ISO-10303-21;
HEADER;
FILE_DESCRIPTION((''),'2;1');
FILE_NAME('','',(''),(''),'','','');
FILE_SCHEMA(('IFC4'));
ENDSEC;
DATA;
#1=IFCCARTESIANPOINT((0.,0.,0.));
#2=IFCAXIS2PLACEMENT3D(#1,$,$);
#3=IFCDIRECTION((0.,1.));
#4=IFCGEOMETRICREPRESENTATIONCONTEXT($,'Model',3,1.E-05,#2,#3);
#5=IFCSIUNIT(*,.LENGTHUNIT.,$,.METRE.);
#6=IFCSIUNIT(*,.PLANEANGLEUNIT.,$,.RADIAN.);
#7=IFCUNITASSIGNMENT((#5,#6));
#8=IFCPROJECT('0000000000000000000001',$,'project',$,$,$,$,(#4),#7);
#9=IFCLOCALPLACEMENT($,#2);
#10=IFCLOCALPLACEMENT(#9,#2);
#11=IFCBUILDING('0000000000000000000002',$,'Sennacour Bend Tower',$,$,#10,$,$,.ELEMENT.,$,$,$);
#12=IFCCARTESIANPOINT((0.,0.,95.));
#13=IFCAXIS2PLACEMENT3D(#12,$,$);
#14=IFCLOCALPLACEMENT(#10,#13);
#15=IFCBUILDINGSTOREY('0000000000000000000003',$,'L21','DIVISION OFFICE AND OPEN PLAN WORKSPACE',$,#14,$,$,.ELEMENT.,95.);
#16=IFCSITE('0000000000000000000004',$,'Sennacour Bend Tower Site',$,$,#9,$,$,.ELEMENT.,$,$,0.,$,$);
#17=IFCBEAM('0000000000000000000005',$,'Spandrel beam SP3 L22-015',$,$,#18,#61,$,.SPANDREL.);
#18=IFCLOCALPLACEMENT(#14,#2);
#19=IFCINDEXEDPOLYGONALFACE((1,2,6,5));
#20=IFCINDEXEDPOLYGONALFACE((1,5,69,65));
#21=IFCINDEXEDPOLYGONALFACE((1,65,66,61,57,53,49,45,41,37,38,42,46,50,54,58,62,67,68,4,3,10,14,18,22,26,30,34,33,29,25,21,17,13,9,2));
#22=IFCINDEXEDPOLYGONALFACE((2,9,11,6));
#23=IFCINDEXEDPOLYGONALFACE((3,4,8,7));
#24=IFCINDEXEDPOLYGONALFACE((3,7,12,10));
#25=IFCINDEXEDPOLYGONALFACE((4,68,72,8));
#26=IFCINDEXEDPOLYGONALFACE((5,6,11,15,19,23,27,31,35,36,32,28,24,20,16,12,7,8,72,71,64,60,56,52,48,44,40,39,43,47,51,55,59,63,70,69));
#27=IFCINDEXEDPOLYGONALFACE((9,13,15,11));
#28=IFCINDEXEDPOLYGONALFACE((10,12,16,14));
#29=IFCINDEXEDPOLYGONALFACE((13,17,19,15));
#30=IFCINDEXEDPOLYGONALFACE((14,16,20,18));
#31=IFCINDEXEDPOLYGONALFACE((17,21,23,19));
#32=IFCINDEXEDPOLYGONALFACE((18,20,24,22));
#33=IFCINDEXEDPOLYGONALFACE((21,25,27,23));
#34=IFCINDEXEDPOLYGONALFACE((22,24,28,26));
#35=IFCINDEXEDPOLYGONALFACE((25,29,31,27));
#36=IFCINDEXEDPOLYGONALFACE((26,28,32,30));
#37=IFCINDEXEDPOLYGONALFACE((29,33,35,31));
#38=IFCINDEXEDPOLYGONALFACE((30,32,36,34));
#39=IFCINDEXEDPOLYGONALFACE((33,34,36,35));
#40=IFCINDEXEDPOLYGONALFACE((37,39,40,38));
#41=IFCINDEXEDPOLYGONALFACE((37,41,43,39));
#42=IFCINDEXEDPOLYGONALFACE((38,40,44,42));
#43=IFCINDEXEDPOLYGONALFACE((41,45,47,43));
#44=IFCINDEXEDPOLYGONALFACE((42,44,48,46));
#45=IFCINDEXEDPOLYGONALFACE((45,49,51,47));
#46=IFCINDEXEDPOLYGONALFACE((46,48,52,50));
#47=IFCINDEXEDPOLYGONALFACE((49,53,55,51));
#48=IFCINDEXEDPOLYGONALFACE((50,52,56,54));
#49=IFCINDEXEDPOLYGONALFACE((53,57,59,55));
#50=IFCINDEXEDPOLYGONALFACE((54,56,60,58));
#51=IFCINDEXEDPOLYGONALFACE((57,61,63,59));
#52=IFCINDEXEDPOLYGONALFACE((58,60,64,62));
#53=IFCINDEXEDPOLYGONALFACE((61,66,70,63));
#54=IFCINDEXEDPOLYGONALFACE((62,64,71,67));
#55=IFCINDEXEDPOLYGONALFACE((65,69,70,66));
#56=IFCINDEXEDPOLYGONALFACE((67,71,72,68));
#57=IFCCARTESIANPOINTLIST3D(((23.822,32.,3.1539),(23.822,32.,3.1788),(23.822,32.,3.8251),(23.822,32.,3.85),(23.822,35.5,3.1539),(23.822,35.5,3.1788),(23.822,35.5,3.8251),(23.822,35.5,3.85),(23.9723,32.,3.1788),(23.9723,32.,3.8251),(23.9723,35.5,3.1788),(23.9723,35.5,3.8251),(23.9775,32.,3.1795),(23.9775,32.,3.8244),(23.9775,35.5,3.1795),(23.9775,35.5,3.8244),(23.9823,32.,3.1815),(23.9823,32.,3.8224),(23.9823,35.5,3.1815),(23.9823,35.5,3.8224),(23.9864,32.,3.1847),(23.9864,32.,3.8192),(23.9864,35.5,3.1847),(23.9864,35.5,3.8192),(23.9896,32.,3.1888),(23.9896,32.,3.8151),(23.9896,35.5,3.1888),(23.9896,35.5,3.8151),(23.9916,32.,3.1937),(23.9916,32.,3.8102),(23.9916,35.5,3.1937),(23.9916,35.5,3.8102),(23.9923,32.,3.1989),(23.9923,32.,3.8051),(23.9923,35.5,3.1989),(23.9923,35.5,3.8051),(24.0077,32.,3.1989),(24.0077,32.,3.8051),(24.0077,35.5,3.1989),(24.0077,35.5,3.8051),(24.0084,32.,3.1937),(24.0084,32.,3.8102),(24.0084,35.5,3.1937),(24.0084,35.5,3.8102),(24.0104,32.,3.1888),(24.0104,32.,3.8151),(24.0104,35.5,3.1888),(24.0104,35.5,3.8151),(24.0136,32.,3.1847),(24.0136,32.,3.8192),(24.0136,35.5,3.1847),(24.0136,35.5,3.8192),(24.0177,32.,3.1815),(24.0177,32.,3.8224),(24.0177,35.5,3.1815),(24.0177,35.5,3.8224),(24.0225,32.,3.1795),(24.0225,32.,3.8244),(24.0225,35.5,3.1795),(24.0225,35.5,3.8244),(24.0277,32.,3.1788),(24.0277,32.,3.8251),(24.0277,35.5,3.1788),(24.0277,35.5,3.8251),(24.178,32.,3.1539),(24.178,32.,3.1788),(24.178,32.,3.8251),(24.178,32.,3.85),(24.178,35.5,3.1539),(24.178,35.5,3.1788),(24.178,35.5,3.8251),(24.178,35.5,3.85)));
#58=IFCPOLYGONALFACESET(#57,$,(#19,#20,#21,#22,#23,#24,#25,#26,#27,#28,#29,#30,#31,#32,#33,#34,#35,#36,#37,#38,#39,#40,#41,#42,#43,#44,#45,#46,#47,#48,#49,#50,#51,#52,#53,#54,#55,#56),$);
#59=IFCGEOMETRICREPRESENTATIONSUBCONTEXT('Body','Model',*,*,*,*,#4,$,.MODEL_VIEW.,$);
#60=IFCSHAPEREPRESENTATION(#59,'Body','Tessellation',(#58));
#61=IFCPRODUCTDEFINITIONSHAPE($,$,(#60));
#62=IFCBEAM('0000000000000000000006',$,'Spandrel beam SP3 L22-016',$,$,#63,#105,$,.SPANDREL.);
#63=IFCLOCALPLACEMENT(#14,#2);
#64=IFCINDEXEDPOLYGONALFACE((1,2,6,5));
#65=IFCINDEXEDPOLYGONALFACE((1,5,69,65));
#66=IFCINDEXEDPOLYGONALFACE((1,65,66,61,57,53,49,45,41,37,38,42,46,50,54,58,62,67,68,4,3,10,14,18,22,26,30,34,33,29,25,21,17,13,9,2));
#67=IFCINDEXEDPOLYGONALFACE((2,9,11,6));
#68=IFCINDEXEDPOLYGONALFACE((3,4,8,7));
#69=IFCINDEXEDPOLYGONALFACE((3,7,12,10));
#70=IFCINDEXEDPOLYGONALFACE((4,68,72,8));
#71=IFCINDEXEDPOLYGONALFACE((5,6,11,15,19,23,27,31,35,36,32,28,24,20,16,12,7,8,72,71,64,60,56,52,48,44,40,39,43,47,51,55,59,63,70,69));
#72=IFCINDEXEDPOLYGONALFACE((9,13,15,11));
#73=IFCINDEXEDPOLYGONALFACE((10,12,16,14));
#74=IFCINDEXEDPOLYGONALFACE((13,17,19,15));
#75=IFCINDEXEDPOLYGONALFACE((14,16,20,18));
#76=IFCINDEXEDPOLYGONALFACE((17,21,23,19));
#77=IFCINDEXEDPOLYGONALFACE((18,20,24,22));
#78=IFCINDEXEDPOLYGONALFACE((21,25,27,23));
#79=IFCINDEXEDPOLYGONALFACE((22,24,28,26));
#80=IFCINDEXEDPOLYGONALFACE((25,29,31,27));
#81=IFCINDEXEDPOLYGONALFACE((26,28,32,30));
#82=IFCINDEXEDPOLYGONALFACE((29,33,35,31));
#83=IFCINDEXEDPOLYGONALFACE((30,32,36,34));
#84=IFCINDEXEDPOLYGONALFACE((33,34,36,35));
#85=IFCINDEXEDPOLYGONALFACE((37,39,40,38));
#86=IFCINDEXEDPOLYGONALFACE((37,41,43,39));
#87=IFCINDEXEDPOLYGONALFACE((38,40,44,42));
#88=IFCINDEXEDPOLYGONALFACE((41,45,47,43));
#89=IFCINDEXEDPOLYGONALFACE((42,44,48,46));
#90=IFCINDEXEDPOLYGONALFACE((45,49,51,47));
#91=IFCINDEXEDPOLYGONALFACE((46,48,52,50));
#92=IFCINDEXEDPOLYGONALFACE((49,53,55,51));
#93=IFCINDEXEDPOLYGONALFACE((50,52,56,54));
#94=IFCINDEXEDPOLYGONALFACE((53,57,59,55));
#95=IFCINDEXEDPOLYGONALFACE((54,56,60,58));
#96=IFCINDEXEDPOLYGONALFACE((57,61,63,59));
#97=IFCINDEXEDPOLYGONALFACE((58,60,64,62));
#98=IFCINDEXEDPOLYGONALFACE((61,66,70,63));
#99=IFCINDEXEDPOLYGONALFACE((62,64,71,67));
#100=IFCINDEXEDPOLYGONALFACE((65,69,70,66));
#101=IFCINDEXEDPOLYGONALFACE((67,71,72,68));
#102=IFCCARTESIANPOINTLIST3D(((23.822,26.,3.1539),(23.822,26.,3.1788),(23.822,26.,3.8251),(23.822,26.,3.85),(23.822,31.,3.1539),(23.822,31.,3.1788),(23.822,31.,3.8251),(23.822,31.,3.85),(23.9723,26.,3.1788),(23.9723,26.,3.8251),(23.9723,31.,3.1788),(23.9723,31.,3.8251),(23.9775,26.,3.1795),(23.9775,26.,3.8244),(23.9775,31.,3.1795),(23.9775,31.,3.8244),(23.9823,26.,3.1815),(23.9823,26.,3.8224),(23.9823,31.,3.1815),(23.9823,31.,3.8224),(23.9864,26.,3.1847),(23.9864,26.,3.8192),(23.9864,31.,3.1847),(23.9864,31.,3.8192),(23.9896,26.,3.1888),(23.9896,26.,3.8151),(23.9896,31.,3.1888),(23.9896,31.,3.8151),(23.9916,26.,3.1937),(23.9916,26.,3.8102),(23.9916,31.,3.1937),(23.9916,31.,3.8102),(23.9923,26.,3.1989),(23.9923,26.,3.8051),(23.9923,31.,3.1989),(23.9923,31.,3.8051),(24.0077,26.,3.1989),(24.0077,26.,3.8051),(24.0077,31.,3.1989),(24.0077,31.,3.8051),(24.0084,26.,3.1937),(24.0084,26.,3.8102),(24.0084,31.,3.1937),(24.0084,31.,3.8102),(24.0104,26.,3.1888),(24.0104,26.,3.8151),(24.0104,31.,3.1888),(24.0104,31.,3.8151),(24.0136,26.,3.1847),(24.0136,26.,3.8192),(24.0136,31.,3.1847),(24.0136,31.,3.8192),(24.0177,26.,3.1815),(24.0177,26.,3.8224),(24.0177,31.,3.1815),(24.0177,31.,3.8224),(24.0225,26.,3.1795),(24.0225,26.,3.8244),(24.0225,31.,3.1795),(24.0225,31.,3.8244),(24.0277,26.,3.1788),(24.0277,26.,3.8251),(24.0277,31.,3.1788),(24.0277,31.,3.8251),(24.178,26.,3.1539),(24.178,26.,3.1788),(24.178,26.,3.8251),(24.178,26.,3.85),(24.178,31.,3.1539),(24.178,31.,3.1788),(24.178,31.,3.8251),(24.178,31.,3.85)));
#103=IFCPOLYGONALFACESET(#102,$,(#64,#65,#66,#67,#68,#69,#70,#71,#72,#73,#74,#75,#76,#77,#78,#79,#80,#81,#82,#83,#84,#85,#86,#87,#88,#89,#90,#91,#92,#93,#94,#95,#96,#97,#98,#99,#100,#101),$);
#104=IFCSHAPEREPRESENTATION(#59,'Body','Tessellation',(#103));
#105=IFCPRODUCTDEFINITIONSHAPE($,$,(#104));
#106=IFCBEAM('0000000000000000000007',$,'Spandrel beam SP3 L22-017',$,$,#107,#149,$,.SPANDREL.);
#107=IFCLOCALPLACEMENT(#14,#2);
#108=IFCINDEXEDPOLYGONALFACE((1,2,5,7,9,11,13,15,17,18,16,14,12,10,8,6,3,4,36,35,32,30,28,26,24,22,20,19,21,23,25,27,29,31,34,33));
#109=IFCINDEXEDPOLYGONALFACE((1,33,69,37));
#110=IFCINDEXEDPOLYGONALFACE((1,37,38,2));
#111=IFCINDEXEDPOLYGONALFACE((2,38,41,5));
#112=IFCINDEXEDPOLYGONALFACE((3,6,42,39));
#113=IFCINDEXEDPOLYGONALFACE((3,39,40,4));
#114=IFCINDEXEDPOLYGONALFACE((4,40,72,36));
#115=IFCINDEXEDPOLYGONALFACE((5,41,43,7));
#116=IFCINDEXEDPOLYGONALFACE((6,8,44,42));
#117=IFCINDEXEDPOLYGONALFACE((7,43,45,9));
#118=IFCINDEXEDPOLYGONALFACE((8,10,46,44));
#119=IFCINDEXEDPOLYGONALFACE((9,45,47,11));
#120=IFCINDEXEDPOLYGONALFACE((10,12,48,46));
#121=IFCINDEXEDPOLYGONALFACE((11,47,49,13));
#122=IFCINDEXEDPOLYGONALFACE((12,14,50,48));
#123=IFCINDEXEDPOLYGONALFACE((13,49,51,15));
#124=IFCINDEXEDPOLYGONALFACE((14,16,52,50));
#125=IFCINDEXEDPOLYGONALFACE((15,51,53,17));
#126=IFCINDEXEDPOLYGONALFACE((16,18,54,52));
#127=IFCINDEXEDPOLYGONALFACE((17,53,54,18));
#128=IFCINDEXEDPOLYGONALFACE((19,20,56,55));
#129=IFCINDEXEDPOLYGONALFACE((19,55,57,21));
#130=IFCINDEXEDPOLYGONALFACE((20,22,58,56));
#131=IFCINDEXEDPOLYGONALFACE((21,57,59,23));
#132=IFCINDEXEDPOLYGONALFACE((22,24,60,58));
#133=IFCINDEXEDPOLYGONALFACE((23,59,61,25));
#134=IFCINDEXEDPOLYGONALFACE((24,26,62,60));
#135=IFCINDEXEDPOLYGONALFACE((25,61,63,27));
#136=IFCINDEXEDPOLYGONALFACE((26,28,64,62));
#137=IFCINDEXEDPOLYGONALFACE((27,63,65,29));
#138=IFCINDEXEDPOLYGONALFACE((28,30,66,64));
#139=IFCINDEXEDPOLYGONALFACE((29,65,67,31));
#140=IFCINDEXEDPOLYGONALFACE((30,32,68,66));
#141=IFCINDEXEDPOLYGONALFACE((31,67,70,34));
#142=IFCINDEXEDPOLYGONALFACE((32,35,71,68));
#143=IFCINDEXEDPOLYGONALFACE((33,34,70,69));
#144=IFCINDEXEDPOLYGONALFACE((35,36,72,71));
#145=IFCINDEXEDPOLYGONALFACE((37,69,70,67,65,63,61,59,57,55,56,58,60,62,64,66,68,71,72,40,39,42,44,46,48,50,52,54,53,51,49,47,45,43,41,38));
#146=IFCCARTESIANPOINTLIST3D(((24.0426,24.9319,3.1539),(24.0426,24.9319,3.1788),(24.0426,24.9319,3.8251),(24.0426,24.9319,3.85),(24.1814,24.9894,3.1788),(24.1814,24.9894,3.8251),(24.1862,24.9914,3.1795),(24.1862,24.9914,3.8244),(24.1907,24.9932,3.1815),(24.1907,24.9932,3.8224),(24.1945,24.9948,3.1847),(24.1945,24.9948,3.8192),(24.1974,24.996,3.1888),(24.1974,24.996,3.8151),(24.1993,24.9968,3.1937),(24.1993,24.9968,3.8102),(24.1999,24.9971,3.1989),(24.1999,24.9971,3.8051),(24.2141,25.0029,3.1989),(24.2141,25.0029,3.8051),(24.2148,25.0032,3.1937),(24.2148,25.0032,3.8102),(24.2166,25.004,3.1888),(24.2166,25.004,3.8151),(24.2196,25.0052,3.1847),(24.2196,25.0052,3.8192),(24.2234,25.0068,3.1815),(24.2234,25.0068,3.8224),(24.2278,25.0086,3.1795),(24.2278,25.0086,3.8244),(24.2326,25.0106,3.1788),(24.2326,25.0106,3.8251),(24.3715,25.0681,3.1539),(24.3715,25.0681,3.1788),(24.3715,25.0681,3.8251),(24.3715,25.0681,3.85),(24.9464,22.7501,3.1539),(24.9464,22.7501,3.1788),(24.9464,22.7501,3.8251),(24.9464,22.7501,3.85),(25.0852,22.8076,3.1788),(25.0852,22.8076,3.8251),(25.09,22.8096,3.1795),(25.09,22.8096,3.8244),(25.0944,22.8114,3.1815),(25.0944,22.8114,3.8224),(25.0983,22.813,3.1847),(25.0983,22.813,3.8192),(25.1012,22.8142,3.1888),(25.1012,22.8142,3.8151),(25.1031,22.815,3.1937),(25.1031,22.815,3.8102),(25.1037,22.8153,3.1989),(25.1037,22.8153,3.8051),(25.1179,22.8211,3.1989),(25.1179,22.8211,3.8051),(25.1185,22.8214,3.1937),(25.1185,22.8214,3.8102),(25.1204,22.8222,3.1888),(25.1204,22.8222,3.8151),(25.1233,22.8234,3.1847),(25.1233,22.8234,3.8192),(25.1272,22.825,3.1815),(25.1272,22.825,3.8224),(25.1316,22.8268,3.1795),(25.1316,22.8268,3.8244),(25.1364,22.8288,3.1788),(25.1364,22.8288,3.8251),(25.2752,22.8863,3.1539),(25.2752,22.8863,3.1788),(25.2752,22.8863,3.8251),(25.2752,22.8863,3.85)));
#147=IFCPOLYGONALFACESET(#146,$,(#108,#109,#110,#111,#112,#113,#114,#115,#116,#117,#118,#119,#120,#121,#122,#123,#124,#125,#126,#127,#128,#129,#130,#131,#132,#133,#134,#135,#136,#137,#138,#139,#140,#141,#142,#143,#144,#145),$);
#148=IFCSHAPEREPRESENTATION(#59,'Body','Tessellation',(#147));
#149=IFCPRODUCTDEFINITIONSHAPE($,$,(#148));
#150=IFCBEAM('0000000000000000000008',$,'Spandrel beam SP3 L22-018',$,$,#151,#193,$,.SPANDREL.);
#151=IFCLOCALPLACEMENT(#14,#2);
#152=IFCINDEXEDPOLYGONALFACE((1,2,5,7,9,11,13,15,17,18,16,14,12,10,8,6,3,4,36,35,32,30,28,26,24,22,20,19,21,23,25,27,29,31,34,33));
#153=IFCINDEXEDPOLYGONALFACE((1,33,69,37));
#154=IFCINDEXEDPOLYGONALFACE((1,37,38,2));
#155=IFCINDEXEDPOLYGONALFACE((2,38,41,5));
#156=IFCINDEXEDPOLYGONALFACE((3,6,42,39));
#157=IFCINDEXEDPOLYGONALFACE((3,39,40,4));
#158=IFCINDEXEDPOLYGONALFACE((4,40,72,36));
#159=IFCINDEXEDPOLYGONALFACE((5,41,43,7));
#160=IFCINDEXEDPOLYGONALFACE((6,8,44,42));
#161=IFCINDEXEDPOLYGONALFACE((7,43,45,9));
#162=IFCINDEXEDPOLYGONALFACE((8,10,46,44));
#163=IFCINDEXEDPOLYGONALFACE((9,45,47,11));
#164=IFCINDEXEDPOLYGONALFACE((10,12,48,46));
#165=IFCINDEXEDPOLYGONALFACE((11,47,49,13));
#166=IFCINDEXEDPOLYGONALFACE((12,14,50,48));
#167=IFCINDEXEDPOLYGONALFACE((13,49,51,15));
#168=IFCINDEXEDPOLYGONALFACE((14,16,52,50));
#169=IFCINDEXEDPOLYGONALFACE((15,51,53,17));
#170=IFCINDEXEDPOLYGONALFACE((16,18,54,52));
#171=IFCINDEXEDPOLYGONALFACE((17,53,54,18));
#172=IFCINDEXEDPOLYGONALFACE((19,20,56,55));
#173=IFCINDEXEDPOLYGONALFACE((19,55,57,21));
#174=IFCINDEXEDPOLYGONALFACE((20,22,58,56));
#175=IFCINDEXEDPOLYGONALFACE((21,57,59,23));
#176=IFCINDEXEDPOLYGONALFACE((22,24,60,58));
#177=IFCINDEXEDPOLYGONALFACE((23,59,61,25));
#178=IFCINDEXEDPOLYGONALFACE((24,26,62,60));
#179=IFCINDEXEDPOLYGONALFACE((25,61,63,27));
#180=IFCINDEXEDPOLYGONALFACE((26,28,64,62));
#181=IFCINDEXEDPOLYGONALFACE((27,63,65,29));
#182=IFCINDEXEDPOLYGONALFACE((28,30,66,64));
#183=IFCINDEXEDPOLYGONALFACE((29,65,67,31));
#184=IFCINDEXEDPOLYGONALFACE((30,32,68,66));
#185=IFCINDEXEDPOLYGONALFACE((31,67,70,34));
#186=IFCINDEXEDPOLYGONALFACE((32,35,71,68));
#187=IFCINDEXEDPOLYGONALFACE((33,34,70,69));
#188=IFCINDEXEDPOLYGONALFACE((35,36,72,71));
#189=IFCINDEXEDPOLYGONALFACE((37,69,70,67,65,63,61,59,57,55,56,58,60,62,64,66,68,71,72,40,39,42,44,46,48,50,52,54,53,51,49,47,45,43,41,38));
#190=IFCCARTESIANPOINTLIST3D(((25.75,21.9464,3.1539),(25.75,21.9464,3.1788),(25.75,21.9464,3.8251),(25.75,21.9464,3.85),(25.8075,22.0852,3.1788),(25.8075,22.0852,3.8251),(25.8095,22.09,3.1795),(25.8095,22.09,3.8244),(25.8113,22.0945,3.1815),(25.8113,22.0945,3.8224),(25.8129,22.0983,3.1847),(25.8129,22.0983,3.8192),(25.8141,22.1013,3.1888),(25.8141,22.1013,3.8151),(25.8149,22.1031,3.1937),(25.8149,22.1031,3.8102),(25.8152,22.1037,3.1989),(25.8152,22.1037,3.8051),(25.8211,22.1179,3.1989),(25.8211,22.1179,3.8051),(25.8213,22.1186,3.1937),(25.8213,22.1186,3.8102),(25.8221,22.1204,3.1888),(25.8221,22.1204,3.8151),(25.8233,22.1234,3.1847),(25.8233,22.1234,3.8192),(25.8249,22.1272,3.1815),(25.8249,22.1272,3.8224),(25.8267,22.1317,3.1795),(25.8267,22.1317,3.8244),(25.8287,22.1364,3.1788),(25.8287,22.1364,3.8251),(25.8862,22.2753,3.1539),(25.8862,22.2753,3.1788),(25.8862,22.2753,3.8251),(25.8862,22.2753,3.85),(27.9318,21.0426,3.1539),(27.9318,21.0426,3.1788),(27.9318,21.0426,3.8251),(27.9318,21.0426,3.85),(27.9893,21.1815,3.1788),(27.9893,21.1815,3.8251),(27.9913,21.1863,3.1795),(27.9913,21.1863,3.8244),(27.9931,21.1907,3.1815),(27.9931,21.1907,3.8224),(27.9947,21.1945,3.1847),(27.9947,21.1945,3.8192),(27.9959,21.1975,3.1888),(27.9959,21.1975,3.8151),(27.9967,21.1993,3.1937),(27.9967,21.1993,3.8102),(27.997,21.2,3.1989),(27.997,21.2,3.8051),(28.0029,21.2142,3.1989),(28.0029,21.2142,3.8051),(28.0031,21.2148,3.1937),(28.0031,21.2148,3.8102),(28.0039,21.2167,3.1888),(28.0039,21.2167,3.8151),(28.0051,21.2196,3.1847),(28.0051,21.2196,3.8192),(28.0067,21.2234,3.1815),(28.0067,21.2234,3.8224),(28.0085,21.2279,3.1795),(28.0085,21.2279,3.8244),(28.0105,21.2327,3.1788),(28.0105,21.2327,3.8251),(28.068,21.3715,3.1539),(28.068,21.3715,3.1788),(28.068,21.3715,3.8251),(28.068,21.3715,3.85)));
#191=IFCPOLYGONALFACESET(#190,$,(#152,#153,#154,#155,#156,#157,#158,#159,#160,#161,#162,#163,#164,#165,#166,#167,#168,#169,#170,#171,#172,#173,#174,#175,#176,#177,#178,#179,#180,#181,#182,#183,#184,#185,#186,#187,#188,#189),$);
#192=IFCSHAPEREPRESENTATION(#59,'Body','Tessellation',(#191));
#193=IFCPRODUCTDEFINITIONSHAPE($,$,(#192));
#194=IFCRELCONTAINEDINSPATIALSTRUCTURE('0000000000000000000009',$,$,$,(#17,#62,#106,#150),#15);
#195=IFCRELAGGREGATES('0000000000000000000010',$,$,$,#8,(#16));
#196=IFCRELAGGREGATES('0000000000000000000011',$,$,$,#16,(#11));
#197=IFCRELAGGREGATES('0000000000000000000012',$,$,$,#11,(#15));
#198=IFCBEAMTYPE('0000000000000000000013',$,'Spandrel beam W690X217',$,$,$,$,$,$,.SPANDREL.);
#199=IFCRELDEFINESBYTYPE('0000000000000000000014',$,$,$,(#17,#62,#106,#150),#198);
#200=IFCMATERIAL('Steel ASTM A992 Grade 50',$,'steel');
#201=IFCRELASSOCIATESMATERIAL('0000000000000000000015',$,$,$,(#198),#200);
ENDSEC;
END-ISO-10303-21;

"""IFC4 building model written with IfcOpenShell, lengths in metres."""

from ifc_helpers import new_model, si_unit, direction, frame, origin, origin_2d, place, context, subcontext, project, spatial, i_section, extrude, material, material_profile, profile_set, type_object, element, save


model = new_model("IFC4")

# Units and contexts
model_context = context("Model", 3, precision=1e-05, world=origin(), true_north=direction((0.0, 1.0)))
body_context = subcontext(model_context, "Body", "Model", "MODEL_VIEW")
ifc_project = project(units=[si_unit("LENGTHUNIT", "METRE"), si_unit("PLANEANGLEUNIT", "RADIAN")], contexts=[model_context])

# Site, building, storey
site_placement = place(None, origin())
site = spatial("IfcSite", under=ifc_project, at=site_placement, Name="Sennacour Bend Tower Site", CompositionType="ELEMENT", RefElevation=0.0)
building_placement = place(site_placement, origin())
building = spatial("IfcBuilding", under=site, at=building_placement, Name="Sennacour Bend Tower", CompositionType="ELEMENT")
storey_placement = place(building_placement, frame((0.0, 0.0, 95.0)))
storey = spatial("IfcBuildingStorey", under=building, at=storey_placement, Name="L21", Description="DIVISION OFFICE AND OPEN PLAN WORKSPACE", CompositionType="ELEMENT", Elevation=95.0)

# Beams
ifc_material_1 = material(Name="Steel ASTM A992 Grade 50", Category="steel")
ifc_material_profile_1 = material_profile(ifc_material_1, i_section(OverallWidth=0.356, OverallDepth=0.696, WebThickness=0.0154, FlangeThickness=0.0249, FilletRadius=0.02, at=origin_2d()), Name="Steel ASTM A992 Grade 50", Category="steel")
ifc_profile_set_1 = profile_set([ifc_material_profile_1], Name="Steel ASTM A992 Grade 50")
beam_type_1 = type_object("IfcBeamType", Name="Spandrel beam W690X217", PredefinedType="SPANDREL", material=ifc_profile_set_1)
beam_1_placement = place(storey_placement, frame((24.0, 35.5, 3.502), z_axis=(0.0, -1.0, 0.0), x_axis=(1.0, 0.0, 0.0)))
element("IfcBeam", 1, at=beam_1_placement, inside=storey, type_object=beam_type_1, Name="Spandrel beam SP3 L22-015", PredefinedType="SPANDREL", context=body_context, shape_type="SweptSolid", body=[
    extrude(i_section(OverallWidth=0.356, OverallDepth=0.696, WebThickness=0.0154, FlangeThickness=0.0249, FilletRadius=0.02, at=origin_2d()), origin(), (0.0, 0.0, 1.0), 3.5),
])
beam_2_placement = place(storey_placement, frame((24.0, 31.0, 3.502), z_axis=(0.0, -1.0, 0.0), x_axis=(1.0, 0.0, 0.0)))
element("IfcBeam", 2, at=beam_2_placement, inside=storey, type_object=beam_type_1, Name="Spandrel beam SP3 L22-016", PredefinedType="SPANDREL", context=body_context, shape_type="SweptSolid", body=[
    extrude(i_section(OverallWidth=0.356, OverallDepth=0.696, WebThickness=0.0154, FlangeThickness=0.0249, FilletRadius=0.02, at=origin_2d()), origin(), (0.0, 0.0, 1.0), 5.0),
])
for number, where, z_axis, x_axis, name in (
    (3, (24.207, 25.0, 3.502), (0.382699, -0.923873, 0.0), (0.923873, 0.382699, 0.0), "Spandrel beam SP3 L22-017"),
    (4, (25.8181, 22.1108, 3.502), (0.923873, -0.382699, 0.0), (0.382699, 0.923873, 0.0), "Spandrel beam SP3 L22-018"),
):
    element("IfcBeam", number, at=place(storey_placement, frame(where, z_axis=z_axis, x_axis=x_axis)), inside=storey, type_object=beam_type_1, Name=name, PredefinedType="SPANDREL", context=body_context, shape_type="SweptSolid", body=[
        extrude(i_section(OverallWidth=0.356, OverallDepth=0.696, WebThickness=0.0154, FlangeThickness=0.0249, FilletRadius=0.02, at=origin_2d()), origin(), (0.0, 0.0, 1.0), 2.3616),
    ])

save(model, "model.ifc")
